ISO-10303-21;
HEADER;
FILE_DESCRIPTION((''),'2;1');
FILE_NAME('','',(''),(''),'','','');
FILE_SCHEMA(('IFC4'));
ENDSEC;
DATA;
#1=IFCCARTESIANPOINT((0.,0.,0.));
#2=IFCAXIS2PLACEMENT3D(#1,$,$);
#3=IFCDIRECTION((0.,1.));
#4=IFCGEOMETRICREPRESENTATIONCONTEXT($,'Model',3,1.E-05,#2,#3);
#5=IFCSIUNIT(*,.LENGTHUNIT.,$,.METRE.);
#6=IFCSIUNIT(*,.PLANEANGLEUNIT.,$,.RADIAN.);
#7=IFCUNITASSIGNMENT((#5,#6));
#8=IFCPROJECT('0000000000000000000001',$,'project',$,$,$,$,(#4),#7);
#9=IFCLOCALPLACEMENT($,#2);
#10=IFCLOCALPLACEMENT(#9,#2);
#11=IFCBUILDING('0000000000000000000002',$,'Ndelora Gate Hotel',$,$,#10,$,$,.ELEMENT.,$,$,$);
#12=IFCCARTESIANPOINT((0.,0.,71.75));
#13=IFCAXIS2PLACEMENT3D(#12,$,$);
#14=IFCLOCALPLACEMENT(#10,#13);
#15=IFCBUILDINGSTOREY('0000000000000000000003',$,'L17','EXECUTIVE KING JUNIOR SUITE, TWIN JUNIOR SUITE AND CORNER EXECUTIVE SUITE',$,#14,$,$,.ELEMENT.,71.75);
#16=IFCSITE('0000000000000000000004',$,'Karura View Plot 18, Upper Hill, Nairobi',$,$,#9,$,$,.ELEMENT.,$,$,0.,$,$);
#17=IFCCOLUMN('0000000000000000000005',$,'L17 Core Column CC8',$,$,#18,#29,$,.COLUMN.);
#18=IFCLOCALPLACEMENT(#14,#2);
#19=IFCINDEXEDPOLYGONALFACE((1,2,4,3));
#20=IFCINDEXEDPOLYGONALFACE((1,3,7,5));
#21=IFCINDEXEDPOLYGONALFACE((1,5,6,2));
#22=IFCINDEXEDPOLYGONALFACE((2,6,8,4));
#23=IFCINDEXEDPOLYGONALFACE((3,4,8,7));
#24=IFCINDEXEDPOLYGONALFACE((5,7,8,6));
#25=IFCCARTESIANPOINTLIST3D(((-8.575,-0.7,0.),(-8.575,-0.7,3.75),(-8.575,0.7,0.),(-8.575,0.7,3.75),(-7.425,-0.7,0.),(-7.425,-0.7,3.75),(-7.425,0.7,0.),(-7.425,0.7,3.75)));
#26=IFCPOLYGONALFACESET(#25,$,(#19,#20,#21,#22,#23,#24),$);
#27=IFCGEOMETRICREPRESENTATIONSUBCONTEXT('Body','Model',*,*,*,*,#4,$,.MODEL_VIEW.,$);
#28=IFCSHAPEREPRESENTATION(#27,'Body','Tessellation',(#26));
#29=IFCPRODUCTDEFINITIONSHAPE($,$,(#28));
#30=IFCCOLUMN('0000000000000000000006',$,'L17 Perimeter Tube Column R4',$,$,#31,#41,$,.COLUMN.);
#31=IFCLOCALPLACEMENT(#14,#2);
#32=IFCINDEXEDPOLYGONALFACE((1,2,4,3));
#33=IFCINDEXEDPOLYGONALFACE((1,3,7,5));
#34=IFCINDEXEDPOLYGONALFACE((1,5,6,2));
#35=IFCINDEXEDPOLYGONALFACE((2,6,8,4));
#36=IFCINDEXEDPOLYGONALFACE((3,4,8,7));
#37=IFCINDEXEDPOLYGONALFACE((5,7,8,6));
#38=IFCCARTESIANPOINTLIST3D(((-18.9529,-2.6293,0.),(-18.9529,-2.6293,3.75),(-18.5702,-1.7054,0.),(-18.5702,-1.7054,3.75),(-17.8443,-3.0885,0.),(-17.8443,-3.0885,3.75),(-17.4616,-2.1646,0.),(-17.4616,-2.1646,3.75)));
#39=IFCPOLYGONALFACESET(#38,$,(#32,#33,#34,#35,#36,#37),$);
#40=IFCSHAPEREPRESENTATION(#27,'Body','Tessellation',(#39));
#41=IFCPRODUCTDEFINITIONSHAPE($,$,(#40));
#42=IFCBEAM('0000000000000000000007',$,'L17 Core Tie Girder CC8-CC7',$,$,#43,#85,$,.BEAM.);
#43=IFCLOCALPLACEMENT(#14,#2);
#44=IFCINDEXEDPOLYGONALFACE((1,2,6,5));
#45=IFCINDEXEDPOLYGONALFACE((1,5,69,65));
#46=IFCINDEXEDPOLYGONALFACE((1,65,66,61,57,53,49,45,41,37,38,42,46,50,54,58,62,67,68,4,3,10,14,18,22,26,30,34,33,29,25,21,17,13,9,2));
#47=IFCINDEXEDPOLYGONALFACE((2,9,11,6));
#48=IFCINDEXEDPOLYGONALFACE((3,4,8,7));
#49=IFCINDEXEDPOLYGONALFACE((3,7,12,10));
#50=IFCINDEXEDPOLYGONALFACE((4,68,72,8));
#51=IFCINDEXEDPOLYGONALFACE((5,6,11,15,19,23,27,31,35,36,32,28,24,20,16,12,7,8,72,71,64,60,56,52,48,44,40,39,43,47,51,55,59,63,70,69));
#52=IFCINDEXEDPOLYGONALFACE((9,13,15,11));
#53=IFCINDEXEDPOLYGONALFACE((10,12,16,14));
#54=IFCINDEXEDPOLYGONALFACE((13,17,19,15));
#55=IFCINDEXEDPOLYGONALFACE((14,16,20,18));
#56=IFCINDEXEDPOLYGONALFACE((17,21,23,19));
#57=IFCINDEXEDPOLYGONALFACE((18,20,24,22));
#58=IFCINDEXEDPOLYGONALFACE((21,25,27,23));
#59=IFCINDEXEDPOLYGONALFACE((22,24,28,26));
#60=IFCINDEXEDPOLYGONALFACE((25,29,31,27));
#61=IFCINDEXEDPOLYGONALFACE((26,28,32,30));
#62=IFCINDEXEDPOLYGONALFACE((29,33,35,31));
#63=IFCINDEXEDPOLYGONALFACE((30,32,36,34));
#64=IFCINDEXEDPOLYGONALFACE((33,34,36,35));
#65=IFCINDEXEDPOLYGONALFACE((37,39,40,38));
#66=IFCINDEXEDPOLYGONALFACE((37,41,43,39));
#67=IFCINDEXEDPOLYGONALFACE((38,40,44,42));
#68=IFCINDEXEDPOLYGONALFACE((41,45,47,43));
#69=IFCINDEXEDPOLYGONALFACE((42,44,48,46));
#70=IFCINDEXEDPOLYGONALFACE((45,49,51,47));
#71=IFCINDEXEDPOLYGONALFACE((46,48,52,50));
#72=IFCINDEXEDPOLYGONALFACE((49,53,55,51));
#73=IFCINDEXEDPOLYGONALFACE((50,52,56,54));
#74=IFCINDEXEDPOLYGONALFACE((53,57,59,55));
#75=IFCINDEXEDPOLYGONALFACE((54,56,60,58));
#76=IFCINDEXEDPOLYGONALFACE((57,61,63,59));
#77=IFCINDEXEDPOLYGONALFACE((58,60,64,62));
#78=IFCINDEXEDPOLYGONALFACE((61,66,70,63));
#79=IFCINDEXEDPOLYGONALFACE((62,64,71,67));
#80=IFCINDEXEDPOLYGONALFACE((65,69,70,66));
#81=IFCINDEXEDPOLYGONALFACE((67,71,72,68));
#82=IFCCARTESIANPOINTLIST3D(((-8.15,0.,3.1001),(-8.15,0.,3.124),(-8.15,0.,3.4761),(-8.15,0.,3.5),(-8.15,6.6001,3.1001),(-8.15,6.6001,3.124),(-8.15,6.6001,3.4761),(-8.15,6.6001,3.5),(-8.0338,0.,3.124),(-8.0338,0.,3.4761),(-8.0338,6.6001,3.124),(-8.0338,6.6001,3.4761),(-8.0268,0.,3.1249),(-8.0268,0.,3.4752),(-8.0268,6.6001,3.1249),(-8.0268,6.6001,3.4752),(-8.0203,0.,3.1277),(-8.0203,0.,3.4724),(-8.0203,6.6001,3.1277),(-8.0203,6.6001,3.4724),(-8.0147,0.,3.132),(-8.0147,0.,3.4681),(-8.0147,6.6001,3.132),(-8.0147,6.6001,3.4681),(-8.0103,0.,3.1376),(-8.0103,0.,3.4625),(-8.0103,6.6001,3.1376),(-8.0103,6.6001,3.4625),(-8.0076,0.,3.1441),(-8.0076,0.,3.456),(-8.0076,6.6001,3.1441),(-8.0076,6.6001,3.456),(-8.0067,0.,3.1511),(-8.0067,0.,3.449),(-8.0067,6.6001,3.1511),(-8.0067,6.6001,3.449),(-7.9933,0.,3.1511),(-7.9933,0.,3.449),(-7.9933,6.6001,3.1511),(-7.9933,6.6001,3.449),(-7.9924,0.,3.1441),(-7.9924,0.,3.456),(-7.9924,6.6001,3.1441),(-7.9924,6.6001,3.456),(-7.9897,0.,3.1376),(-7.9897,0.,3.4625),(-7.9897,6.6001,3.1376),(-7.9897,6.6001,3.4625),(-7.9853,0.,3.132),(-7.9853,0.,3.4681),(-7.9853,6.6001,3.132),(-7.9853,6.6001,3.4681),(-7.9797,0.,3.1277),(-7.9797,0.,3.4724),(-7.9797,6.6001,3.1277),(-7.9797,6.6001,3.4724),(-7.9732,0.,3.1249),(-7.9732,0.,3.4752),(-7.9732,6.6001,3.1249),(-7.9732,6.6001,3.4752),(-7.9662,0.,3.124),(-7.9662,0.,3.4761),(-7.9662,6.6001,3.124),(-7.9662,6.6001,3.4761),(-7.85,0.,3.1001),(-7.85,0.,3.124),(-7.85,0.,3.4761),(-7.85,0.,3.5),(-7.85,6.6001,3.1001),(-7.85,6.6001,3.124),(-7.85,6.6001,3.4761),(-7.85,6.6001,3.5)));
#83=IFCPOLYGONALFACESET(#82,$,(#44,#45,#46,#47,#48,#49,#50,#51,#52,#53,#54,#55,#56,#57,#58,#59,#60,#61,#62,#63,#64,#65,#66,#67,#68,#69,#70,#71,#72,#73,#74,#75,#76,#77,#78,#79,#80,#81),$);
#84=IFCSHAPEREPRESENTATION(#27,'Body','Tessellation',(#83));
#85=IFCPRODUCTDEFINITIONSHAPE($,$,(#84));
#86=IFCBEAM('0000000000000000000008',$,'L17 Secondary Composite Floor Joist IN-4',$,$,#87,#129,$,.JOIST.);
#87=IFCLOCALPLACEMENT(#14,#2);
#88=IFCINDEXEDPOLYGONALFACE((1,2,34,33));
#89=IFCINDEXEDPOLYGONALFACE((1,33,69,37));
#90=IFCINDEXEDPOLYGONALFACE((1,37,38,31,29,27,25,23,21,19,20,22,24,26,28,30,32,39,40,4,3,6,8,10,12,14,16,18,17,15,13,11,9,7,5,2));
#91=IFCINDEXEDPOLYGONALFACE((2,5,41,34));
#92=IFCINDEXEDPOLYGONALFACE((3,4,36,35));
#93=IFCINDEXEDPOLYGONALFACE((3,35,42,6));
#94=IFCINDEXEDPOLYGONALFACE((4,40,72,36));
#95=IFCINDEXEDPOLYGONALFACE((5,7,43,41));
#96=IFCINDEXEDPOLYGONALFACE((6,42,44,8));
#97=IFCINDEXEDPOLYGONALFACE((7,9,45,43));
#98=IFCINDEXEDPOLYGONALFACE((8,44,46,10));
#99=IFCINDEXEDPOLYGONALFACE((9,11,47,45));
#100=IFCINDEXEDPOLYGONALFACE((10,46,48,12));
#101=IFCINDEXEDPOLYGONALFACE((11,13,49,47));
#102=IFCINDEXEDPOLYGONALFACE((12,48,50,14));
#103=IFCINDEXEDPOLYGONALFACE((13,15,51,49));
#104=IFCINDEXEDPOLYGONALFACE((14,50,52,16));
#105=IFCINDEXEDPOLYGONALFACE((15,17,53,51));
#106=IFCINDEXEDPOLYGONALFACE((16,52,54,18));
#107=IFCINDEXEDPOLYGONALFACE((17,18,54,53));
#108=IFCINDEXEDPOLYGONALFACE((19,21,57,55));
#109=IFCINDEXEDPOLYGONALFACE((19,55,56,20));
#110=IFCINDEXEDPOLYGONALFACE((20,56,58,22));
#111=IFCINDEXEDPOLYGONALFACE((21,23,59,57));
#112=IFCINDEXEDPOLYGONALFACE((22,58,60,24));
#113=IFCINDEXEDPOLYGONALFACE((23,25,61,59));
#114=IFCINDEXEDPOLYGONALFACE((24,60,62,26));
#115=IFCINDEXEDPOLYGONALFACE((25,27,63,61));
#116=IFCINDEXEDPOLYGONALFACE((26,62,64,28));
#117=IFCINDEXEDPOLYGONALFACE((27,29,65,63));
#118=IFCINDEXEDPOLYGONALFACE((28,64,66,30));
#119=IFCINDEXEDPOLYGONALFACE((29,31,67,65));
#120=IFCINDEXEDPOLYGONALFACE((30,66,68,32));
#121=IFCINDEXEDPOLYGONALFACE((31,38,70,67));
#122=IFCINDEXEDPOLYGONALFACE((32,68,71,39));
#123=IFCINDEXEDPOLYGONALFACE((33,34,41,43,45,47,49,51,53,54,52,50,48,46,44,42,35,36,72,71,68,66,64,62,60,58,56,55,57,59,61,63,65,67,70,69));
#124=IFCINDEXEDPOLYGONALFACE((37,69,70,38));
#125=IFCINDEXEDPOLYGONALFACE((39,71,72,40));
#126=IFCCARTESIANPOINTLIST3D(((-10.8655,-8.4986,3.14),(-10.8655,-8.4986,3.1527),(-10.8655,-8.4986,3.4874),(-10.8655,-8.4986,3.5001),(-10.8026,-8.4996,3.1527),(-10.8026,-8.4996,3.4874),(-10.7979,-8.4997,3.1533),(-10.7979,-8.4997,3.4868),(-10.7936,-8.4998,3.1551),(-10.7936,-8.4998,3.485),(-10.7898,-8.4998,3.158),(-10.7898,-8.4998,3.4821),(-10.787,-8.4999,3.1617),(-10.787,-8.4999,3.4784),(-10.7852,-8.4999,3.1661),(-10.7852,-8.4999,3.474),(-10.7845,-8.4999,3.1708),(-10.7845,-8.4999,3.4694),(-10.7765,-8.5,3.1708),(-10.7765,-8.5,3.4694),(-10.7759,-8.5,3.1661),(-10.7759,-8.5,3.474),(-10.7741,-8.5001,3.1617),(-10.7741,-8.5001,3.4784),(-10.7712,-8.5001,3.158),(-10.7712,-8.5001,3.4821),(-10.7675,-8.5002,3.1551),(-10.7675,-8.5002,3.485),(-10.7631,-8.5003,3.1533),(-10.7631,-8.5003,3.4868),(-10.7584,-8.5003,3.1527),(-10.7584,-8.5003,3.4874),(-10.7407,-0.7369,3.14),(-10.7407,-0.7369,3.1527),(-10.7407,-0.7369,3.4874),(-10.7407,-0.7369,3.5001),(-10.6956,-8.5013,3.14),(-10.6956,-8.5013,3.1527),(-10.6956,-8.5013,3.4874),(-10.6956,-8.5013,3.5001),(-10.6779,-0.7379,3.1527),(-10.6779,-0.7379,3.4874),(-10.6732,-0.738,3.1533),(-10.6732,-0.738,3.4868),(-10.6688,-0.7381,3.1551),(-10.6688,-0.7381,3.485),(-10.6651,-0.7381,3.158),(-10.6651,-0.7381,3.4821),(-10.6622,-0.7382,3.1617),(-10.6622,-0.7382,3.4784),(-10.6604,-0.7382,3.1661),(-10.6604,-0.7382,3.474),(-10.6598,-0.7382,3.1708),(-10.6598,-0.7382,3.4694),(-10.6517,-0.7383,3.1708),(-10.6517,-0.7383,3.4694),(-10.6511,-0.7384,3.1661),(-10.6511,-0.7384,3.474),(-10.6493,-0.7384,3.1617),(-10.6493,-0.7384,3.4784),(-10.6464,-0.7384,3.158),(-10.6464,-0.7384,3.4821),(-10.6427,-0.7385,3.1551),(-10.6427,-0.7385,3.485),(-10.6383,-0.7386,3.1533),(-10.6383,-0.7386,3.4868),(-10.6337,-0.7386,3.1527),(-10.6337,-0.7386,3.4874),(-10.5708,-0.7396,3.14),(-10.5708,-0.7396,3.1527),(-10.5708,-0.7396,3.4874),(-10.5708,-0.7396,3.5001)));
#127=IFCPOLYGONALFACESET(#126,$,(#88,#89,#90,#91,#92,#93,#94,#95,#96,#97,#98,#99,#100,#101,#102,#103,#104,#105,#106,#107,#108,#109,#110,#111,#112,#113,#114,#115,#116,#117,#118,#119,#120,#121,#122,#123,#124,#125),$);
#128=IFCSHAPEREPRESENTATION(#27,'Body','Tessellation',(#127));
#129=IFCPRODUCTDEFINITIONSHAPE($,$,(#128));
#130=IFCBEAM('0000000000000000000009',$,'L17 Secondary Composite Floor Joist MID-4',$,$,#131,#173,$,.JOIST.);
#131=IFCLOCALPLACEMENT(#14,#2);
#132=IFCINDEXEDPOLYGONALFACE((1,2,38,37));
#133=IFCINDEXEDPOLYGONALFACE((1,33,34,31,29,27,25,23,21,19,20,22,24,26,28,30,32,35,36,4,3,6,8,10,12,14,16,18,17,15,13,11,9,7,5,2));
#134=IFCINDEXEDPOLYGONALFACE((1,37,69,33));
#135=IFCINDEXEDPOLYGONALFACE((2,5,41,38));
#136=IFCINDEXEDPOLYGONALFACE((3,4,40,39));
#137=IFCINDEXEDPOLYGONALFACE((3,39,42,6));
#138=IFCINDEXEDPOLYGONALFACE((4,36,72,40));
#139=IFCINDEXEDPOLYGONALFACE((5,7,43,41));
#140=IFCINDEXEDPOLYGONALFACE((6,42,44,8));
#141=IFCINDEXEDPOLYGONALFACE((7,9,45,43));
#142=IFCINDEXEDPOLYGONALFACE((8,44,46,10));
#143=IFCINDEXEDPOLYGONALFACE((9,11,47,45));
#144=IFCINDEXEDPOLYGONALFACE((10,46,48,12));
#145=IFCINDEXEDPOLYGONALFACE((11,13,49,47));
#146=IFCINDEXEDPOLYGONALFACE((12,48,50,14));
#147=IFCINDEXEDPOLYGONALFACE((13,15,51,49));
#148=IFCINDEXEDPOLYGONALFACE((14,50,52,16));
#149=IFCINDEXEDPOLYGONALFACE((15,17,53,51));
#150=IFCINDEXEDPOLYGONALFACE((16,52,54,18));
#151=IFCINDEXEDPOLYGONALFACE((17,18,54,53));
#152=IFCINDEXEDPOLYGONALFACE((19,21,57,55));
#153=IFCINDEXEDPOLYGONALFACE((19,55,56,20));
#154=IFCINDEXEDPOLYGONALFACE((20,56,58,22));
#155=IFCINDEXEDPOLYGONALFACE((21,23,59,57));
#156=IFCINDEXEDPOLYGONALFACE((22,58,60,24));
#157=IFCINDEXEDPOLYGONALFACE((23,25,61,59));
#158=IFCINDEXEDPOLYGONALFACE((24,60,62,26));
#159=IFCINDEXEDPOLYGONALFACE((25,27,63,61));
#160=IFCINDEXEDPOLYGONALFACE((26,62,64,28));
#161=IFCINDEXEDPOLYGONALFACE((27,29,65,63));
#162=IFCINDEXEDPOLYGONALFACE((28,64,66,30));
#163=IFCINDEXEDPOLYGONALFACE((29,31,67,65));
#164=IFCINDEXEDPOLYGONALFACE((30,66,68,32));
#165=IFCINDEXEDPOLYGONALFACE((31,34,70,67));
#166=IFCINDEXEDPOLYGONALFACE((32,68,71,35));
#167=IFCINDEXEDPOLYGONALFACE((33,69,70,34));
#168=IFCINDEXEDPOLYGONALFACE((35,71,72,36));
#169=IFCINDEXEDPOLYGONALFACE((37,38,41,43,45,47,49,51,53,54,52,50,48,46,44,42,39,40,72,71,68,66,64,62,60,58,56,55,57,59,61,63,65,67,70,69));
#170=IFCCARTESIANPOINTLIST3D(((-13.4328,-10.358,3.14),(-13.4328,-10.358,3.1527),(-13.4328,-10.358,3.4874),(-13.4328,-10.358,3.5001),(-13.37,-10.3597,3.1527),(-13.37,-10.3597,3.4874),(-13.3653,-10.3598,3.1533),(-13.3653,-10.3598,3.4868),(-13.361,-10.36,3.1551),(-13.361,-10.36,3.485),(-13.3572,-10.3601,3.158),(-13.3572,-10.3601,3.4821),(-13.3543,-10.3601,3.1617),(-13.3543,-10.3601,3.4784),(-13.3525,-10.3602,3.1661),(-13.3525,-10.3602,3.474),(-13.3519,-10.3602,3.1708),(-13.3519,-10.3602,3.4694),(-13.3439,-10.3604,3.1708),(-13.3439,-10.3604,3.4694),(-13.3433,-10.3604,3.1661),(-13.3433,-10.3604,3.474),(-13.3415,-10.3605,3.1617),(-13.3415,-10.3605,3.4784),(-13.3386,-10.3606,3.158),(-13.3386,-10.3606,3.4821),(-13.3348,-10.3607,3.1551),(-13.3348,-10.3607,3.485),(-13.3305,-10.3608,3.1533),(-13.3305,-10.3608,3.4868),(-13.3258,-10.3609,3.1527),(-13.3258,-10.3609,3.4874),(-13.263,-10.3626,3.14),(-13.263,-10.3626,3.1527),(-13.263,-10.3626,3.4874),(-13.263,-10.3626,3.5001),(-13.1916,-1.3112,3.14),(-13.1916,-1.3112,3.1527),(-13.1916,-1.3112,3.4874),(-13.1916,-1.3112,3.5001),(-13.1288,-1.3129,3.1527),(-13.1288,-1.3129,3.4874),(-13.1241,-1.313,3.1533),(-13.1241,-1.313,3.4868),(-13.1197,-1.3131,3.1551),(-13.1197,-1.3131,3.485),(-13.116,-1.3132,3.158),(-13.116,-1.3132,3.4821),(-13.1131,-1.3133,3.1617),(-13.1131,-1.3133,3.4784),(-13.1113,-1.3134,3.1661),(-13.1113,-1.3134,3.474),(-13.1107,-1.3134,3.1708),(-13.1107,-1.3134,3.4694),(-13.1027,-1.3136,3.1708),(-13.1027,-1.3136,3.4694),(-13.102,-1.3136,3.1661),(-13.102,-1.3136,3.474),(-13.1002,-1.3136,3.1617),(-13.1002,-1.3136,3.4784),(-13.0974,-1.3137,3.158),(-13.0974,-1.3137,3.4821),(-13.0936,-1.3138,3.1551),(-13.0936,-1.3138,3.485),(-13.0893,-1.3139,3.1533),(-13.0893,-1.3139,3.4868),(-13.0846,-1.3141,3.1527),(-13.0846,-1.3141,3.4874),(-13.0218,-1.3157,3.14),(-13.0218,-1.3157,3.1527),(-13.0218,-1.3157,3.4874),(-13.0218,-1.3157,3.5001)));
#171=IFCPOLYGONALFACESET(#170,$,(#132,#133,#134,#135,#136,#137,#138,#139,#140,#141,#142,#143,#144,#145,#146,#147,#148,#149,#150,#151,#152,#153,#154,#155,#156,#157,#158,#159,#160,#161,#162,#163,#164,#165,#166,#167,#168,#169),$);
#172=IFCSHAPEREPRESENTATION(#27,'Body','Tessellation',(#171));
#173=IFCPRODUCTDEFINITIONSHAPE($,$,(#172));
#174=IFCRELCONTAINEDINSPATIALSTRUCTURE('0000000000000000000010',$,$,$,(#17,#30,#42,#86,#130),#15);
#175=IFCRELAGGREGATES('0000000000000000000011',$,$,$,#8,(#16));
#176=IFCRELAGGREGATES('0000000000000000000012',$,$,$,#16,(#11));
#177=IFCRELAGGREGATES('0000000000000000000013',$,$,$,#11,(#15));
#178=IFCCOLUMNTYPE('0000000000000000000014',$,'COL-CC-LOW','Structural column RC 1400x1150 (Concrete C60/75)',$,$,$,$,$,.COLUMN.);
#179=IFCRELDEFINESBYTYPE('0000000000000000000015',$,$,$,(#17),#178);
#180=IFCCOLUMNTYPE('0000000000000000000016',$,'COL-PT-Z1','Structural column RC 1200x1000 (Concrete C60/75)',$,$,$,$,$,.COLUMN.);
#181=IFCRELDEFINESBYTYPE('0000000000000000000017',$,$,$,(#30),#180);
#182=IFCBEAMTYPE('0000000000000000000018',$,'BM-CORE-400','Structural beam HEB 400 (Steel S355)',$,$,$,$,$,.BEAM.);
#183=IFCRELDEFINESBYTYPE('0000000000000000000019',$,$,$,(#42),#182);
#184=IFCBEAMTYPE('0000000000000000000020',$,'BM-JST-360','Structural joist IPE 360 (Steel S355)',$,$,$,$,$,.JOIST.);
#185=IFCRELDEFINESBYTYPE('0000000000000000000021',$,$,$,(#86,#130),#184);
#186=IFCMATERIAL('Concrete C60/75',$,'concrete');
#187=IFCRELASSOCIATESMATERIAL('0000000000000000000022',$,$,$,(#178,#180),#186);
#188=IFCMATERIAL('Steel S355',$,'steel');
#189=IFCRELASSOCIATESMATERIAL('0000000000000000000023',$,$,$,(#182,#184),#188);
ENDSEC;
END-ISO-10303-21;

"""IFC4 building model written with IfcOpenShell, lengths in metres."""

from ifc_helpers import new_model, si_unit, direction, frame, origin, origin_2d, place, context, subcontext, project, spatial, rectangle, i_section, extrude, material, material_profile, profile_set, type_object, element, save


model = new_model("IFC4")

# Units and contexts
model_context = context("Model", 3, precision=1e-05, world=origin(), true_north=direction((0.0, 1.0)))
body_context = subcontext(model_context, "Body", "Model", "MODEL_VIEW")
ifc_project = project(units=[si_unit("LENGTHUNIT", "METRE"), si_unit("PLANEANGLEUNIT", "RADIAN")], contexts=[model_context])

# Site, building, storey
site_placement = place(None, origin())
site = spatial("IfcSite", under=ifc_project, at=site_placement, Name="Karura View Plot 18, Upper Hill, Nairobi", CompositionType="ELEMENT", RefElevation=0.0)
building_placement = place(site_placement, origin())
building = spatial("IfcBuilding", under=site, at=building_placement, Name="Ndelora Gate Hotel", CompositionType="ELEMENT")
storey_placement = place(building_placement, frame((0.0, 0.0, 71.75)))
storey = spatial("IfcBuildingStorey", under=building, at=storey_placement, Name="L17", Description="EXECUTIVE KING JUNIOR SUITE, TWIN JUNIOR SUITE AND CORNER EXECUTIVE SUITE", CompositionType="ELEMENT", Elevation=71.75)

# Columns
ifc_material_1 = material(Name="Concrete C60/75", Category="concrete")
ifc_material_profile_1 = material_profile(ifc_material_1, rectangle(XDim=1.1499, YDim=1.3999, at=origin_2d()), Name="RC 1400x1150")
ifc_profile_set_1 = profile_set([ifc_material_profile_1], Name="Concrete C60/75")
column_type_1 = type_object("IfcColumnType", Name="COL-CC-LOW", Description="Structural column RC 1400x1150 (Concrete C60/75)", PredefinedType="COLUMN", material=ifc_profile_set_1)
column_1_placement = place(storey_placement, frame((-8.0, 0.0, 0.0), z_axis=(0.0, 0.0, 1.0), x_axis=(1.0, 0.0, 0.0)))
element("IfcColumn", 1, at=column_1_placement, inside=storey, type_object=column_type_1, Name="L17 Core Column CC8", PredefinedType="COLUMN", context=body_context, shape_type="SweptSolid", body=[
    extrude(rectangle(XDim=1.1499, YDim=1.3999, at=origin_2d()), origin(), (0.0, 0.0, 1.0), 3.75),
])
ifc_material_profile_2 = material_profile(ifc_material_1, rectangle(XDim=1.0, YDim=1.2, at=origin_2d()), Name="RC 1200x1000")
ifc_profile_set_2 = profile_set([ifc_material_profile_2], Name="Concrete C60/75")
column_type_2 = type_object("IfcColumnType", Name="COL-PT-Z1", Description="Structural column RC 1200x1000 (Concrete C60/75)", PredefinedType="COLUMN", material=ifc_profile_set_2)
column_2_placement = place(storey_placement, frame((-18.2073, -2.397, 0.0), z_axis=(0.0, 0.0, 1.0), x_axis=(0.382683, 0.92388, 0.0)))
element("IfcColumn", 2, at=column_2_placement, inside=storey, type_object=column_type_2, Name="L17 Perimeter Tube Column R4", PredefinedType="COLUMN", context=body_context, shape_type="SweptSolid", body=[
    extrude(rectangle(XDim=1.0, YDim=1.2, at=origin_2d()), origin(), (0.0, 0.0, 1.0), 3.75),
])

# Beams
ifc_material_2 = material(Name="Steel S355", Category="steel")
ifc_material_profile_3 = material_profile(ifc_material_2, i_section(OverallWidth=0.3, OverallDepth=0.3999, WebThickness=0.0134, FlangeThickness=0.0239, FilletRadius=0.0271, at=origin_2d()), Name="HEB 400")
ifc_profile_set_3 = profile_set([ifc_material_profile_3], Name="Steel S355")
beam_type_1 = type_object("IfcBeamType", Name="BM-CORE-400", Description="Structural beam HEB 400 (Steel S355)", PredefinedType="BEAM", material=ifc_profile_set_3)
beam_1_placement = place(storey_placement, frame((-8.0, 0.0, 3.3), z_axis=(0.0, 1.0, 0.0), x_axis=(-1.0, 0.0, 0.0)))
element("IfcBeam", 3, at=beam_1_placement, inside=storey, type_object=beam_type_1, Name="L17 Core Tie Girder CC8-CC7", PredefinedType="BEAM", context=body_context, shape_type="SweptSolid", body=[
    extrude(i_section(OverallWidth=0.3, OverallDepth=0.3999, WebThickness=0.0134, FlangeThickness=0.0239, FilletRadius=0.0271, at=origin_2d()), origin(), (0.0, 0.0, 1.0), 6.6001),
])
ifc_material_profile_4 = material_profile(ifc_material_2, i_section(OverallWidth=0.1699, OverallDepth=0.3601, WebThickness=0.0081, FlangeThickness=0.0127, FilletRadius=0.0181, at=origin_2d()), Name="IPE 360")
ifc_profile_set_4 = profile_set([ifc_material_profile_4], Name="Steel S355")
beam_type_2 = type_object("IfcBeamType", Name="BM-JST-360", Description="Structural joist IPE 360 (Steel S355)", PredefinedType="JOIST", material=ifc_profile_set_4)
beam_2_placement = place(storey_placement, frame((-10.6558, -0.7383, 3.3201), z_axis=(-0.016071, -0.999871, 0.0), x_axis=(0.999871, -0.016071, 0.0)))
element("IfcBeam", 4, at=beam_2_placement, inside=storey, type_object=beam_type_2, Name="L17 Secondary Composite Floor Joist IN-4", PredefinedType="JOIST", context=body_context, shape_type="SweptSolid", body=[
    extrude(i_section(OverallWidth=0.1699, OverallDepth=0.3601, WebThickness=0.0081, FlangeThickness=0.0127, FilletRadius=0.0181, at=origin_2d()), origin(), (0.0, 0.0, 1.0), 7.7627),
])
beam_3_placement = place(storey_placement, frame((-13.1067, -1.3135, 3.3201), z_axis=(-0.026653, -0.999645, 0.0), x_axis=(0.999645, -0.026653, 0.0)))
element("IfcBeam", 5, at=beam_3_placement, inside=storey, type_object=beam_type_2, Name="L17 Secondary Composite Floor Joist MID-4", PredefinedType="JOIST", context=body_context, shape_type="SweptSolid", body=[
    extrude(i_section(OverallWidth=0.1699, OverallDepth=0.3601, WebThickness=0.0081, FlangeThickness=0.0127, FilletRadius=0.0181, at=origin_2d()), origin(), (0.0, 0.0, 1.0), 9.05),
])

save(model, "model.ifc")
